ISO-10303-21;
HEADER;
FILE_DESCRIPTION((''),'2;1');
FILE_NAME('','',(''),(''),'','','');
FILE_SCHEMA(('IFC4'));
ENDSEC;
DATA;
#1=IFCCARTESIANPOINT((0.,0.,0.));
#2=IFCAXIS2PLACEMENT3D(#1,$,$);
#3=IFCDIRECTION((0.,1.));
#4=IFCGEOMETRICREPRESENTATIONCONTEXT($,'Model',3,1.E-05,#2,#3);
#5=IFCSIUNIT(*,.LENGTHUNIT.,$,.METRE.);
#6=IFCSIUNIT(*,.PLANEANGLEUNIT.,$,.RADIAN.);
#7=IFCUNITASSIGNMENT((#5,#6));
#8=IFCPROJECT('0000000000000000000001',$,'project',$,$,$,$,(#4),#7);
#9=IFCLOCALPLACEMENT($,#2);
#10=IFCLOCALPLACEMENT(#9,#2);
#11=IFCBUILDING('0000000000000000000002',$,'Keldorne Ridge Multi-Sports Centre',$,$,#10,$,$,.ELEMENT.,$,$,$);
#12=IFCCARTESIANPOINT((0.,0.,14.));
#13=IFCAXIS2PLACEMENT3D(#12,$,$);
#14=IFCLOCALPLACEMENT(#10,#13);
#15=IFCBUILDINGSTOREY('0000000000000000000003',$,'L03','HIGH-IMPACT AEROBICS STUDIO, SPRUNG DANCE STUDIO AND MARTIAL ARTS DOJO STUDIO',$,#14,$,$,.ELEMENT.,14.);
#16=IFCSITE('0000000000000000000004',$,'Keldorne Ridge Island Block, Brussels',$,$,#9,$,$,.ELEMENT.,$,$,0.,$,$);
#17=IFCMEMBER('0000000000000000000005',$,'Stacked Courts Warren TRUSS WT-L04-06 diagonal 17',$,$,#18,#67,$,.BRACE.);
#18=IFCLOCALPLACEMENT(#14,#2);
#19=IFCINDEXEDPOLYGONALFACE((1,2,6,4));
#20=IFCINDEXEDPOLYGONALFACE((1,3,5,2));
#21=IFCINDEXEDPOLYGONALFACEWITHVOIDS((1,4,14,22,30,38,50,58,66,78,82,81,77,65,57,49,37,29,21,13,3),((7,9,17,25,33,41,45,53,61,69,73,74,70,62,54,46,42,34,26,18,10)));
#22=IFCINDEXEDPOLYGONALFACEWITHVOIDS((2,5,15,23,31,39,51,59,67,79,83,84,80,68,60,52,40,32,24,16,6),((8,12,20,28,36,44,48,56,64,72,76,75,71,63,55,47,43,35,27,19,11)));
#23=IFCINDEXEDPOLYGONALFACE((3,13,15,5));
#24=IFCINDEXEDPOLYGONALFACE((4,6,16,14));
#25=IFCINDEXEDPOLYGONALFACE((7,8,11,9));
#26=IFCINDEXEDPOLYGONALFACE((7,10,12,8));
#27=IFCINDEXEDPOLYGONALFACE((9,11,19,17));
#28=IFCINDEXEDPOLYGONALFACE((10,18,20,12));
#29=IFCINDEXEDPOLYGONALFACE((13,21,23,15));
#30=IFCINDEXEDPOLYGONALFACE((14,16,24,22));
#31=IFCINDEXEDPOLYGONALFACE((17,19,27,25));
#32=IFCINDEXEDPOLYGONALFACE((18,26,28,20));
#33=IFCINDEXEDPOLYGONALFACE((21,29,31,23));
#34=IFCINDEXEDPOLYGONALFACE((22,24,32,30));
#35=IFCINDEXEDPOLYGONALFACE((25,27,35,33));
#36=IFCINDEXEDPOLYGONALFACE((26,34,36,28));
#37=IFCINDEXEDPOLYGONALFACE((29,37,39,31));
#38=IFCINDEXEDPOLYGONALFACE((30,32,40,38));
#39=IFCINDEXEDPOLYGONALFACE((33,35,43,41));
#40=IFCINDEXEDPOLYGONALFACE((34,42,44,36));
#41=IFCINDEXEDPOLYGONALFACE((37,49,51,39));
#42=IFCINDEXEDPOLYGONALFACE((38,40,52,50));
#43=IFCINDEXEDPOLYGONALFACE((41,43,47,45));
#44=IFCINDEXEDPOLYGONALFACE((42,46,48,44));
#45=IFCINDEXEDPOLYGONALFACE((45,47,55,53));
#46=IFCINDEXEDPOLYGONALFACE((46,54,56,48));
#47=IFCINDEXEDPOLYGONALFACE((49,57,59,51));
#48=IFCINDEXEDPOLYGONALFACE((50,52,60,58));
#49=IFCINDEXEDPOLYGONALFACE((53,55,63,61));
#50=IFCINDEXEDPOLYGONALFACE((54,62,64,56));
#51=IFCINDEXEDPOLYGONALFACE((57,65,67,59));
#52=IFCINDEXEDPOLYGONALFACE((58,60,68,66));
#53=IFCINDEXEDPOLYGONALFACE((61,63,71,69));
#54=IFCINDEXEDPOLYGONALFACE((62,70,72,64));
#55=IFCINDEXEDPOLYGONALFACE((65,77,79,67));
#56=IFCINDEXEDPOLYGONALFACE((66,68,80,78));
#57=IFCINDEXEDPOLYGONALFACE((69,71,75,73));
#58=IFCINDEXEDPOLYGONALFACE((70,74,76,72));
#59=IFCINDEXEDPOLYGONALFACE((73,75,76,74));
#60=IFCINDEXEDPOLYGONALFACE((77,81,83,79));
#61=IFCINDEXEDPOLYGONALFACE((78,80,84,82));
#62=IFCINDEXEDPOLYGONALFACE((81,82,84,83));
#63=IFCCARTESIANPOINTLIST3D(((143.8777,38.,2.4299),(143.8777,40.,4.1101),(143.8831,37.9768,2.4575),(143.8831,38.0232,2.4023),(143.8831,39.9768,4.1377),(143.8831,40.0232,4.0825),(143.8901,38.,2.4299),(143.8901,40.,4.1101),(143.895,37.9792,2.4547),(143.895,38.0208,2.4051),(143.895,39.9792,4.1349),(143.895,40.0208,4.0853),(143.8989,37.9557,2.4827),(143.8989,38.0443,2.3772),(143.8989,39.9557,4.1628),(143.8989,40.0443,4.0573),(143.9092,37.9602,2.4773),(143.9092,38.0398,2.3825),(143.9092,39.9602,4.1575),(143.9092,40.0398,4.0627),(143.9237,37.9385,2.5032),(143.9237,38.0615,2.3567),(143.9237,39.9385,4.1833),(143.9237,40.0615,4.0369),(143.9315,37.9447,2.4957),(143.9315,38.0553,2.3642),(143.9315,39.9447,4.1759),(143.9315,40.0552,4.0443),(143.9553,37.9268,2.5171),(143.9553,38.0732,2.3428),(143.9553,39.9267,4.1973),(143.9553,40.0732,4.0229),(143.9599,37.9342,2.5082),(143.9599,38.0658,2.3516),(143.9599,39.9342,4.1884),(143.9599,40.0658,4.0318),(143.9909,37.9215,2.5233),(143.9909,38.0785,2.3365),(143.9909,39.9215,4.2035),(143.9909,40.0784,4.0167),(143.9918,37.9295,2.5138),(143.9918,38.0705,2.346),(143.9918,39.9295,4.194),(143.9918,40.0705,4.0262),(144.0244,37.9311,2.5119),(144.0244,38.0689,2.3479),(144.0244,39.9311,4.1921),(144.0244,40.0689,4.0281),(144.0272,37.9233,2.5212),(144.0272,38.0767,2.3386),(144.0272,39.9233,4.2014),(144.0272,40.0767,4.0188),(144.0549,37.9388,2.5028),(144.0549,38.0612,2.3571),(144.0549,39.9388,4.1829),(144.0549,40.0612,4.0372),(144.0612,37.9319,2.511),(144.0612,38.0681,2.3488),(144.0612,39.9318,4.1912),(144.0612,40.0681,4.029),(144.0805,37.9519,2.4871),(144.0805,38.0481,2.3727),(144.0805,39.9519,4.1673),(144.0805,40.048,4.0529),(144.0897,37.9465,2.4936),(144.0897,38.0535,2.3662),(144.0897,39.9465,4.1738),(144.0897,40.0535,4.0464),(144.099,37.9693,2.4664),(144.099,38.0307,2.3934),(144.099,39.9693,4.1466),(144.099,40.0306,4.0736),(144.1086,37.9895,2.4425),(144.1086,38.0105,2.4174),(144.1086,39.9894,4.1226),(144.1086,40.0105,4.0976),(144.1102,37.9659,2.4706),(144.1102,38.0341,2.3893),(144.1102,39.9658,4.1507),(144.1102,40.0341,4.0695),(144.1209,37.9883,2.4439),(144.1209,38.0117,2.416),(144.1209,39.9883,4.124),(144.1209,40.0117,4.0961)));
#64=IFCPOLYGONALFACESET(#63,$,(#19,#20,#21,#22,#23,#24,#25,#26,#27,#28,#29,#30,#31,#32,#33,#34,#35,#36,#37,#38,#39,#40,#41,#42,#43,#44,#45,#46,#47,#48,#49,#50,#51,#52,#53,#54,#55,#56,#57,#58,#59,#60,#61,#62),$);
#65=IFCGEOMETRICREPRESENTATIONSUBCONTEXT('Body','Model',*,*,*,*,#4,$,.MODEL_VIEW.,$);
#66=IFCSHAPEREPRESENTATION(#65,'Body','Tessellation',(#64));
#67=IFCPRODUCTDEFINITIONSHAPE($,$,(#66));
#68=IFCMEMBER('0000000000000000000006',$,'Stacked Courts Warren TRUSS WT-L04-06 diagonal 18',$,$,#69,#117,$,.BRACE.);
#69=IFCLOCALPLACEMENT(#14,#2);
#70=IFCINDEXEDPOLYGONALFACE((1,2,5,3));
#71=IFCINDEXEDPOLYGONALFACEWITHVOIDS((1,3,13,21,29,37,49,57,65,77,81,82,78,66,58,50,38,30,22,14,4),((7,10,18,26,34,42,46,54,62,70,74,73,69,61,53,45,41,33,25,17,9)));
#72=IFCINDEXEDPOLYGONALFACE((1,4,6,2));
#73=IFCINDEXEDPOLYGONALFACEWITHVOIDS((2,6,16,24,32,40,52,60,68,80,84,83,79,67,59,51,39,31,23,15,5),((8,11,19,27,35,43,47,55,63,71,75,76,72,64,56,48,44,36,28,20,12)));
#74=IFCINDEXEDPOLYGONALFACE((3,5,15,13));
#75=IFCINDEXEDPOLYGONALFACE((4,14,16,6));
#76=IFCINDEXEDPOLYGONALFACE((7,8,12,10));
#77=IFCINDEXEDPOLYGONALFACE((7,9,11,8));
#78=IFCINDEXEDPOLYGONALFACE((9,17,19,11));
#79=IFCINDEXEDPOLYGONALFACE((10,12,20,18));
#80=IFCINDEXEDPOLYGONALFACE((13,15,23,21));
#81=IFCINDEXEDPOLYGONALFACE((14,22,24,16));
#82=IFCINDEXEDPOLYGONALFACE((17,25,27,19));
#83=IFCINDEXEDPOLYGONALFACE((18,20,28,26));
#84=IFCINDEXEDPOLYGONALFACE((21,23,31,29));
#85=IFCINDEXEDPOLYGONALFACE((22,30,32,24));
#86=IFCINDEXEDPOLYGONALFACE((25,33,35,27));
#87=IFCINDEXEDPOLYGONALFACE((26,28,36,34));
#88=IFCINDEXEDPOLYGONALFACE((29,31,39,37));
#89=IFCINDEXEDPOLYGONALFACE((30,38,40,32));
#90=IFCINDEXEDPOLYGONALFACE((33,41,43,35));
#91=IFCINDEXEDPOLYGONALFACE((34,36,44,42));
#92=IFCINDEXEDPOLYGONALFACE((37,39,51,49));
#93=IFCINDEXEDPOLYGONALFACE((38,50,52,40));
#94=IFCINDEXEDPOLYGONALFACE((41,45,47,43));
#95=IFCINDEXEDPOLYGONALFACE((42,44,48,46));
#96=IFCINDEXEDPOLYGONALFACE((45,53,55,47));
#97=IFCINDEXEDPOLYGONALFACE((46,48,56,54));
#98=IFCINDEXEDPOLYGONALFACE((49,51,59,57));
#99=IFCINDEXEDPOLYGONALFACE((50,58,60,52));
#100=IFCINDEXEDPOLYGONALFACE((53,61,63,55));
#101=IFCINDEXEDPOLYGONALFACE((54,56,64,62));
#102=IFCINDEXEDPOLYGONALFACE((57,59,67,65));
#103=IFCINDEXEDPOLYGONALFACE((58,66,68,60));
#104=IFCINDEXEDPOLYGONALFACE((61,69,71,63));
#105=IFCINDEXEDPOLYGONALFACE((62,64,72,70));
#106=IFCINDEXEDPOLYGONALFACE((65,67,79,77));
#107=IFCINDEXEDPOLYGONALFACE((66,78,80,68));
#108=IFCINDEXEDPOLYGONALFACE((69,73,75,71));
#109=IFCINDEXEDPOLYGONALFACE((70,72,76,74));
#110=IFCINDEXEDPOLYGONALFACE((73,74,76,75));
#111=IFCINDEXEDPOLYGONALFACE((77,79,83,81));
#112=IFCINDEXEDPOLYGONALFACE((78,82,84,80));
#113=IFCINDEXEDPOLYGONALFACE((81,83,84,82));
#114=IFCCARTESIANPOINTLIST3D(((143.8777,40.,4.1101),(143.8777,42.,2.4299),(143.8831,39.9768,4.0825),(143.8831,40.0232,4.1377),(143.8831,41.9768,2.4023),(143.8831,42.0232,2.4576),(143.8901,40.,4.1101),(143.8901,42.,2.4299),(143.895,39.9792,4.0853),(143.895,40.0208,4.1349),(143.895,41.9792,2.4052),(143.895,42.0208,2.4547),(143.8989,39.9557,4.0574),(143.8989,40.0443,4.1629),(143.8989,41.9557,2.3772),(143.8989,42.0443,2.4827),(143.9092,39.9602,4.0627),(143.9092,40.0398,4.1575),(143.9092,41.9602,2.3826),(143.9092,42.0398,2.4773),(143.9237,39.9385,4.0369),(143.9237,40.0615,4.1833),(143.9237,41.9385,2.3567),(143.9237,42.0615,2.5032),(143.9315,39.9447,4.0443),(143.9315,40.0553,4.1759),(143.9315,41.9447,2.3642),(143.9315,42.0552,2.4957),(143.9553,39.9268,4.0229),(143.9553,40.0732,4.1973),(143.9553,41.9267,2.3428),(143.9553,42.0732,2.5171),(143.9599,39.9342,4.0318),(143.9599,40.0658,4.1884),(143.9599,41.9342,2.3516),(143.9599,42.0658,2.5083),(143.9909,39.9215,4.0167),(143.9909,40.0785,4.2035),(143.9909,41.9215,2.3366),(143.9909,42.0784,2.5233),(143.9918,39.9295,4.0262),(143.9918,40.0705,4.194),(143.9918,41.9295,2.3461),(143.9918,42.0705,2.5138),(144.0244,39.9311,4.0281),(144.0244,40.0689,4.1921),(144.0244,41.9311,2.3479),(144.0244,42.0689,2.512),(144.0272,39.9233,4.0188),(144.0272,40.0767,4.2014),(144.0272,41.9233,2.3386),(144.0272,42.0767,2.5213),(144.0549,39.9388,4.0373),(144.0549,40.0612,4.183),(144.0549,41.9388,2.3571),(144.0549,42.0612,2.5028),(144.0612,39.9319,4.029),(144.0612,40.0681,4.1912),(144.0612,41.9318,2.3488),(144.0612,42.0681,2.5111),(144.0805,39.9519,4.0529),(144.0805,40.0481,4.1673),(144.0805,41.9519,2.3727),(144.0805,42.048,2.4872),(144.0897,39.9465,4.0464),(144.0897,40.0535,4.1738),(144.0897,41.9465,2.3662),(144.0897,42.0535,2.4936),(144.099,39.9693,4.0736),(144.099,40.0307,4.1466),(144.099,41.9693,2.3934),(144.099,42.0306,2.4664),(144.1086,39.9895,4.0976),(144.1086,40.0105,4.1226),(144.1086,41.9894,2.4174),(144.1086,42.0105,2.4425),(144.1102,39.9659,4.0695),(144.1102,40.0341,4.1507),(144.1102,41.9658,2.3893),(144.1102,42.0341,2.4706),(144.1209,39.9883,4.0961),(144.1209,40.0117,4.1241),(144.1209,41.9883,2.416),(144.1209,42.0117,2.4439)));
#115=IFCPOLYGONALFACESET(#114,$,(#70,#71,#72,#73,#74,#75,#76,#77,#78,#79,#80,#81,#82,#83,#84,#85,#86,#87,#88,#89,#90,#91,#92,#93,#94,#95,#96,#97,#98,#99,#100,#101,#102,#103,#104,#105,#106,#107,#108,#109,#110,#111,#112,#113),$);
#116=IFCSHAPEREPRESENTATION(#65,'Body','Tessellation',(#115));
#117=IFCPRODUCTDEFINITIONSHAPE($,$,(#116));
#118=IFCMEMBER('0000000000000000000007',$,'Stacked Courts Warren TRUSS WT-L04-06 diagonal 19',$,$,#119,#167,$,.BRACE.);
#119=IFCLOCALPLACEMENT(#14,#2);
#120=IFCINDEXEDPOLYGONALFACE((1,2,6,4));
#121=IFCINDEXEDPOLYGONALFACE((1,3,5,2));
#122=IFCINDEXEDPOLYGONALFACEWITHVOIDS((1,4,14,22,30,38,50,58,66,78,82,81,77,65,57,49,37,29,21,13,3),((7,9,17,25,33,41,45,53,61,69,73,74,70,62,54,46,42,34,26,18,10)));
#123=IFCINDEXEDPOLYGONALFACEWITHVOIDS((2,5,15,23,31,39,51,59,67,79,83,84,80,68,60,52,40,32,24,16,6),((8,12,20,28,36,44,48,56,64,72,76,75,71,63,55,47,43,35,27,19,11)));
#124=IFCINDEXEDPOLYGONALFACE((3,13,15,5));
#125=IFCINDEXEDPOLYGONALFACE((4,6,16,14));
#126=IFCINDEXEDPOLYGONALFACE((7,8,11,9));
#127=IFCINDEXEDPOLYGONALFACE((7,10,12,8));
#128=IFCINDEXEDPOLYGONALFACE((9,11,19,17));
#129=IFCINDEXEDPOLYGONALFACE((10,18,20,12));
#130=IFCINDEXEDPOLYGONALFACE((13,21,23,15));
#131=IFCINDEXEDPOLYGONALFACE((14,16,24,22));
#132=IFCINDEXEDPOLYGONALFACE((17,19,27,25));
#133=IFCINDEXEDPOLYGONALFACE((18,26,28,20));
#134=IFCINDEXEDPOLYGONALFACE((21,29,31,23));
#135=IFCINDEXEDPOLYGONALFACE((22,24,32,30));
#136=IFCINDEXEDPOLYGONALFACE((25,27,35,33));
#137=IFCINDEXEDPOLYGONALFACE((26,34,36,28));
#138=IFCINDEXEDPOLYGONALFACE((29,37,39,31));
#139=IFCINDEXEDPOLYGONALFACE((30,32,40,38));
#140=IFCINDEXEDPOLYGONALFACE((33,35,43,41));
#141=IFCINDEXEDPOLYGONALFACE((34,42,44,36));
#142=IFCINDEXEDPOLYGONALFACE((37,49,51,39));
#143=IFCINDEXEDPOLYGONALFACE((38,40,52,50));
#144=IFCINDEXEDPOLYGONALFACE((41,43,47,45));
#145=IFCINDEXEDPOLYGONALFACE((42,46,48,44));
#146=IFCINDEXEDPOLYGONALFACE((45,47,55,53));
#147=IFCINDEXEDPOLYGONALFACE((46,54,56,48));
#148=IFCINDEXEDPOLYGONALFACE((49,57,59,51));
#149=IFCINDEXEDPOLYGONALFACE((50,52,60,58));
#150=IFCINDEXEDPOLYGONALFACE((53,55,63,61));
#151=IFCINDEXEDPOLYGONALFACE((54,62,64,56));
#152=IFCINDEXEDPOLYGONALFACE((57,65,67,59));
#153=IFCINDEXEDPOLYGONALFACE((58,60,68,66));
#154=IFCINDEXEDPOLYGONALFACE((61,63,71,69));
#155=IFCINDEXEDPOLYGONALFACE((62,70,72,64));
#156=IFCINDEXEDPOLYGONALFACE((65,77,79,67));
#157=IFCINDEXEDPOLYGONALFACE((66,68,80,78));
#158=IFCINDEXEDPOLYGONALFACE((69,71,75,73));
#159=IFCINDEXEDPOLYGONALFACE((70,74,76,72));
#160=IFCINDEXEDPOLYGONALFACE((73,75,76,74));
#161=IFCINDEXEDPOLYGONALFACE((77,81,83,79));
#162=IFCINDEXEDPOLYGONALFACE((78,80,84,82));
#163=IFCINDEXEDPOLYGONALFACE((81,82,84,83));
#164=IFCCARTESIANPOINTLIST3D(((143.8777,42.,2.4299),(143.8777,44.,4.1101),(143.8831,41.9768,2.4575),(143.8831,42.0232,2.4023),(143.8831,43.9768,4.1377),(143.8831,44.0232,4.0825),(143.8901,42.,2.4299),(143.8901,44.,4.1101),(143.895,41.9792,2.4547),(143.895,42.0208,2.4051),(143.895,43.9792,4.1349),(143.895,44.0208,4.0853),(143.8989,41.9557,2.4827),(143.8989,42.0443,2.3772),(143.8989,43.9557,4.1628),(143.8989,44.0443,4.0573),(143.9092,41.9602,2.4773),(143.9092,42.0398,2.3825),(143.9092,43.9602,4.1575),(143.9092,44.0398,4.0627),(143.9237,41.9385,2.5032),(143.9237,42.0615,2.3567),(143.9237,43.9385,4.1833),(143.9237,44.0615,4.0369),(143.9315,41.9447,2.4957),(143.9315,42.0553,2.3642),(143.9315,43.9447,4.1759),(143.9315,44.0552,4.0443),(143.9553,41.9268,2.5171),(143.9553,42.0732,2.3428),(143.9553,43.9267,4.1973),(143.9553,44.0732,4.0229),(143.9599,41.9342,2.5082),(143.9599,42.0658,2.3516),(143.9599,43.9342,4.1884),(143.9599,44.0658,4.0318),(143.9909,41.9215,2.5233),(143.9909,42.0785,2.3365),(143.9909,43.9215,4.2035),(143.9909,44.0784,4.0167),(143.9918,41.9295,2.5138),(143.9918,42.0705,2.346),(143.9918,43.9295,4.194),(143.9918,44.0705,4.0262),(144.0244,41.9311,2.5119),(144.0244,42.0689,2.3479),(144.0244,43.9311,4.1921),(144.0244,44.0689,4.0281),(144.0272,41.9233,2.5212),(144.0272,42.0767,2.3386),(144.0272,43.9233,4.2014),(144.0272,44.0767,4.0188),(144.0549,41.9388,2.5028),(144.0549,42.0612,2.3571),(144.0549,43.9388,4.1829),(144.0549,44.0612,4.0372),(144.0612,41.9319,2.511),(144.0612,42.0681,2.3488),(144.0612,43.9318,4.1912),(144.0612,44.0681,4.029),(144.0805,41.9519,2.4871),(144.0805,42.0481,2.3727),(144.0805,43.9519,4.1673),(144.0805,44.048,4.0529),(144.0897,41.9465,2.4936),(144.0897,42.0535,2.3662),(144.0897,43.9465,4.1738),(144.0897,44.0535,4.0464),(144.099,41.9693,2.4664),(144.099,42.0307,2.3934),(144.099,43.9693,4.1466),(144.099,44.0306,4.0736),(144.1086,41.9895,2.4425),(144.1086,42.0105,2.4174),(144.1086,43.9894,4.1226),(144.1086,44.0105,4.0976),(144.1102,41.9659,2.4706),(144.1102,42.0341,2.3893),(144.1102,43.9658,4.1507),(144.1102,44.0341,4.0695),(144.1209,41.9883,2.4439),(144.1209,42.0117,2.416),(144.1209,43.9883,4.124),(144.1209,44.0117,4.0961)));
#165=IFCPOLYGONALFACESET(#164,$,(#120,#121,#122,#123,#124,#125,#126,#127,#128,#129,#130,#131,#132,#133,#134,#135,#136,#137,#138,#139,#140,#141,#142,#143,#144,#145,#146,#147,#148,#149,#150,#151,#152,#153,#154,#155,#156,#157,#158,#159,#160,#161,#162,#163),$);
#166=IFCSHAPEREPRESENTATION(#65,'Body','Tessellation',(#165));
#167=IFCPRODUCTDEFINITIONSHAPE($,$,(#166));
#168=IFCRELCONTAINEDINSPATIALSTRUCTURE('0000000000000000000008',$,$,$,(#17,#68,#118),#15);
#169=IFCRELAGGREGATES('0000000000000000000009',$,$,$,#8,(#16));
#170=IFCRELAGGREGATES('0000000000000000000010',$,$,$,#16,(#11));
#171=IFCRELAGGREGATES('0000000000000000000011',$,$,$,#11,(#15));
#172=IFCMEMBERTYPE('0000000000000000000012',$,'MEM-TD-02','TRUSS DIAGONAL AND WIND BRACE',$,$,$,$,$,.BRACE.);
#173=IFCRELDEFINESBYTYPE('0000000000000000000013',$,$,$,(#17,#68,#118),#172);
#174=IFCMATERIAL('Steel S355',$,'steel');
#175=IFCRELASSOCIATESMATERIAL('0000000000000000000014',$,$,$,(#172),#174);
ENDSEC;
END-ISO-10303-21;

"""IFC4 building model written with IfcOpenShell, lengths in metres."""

from ifc_helpers import new_model, si_unit, direction, frame, origin, origin_2d, place, context, subcontext, project, spatial, hollow_circle, extrude, material, material_profile, profile_set, type_object, element, save


model = new_model("IFC4")

# Units and contexts
model_context = context("Model", 3, precision=1e-05, world=origin(), true_north=direction((0.0, 1.0)))
body_context = subcontext(model_context, "Body", "Model", "MODEL_VIEW")
ifc_project = project(units=[si_unit("LENGTHUNIT", "METRE"), si_unit("PLANEANGLEUNIT", "RADIAN")], contexts=[model_context])

# Site, building, storey
site_placement = place(None, origin())
site = spatial("IfcSite", under=ifc_project, at=site_placement, Name="Keldorne Ridge Island Block, Brussels", CompositionType="ELEMENT", RefElevation=0.0)
building_placement = place(site_placement, origin())
building = spatial("IfcBuilding", under=site, at=building_placement, Name="Keldorne Ridge Multi-Sports Centre", CompositionType="ELEMENT")
storey_placement = place(building_placement, frame((0.0, 0.0, 14.0)))
storey = spatial("IfcBuildingStorey", under=building, at=storey_placement, Name="L03", Description="HIGH-IMPACT AEROBICS STUDIO, SPRUNG DANCE STUDIO AND MARTIAL ARTS DOJO STUDIO", CompositionType="ELEMENT", Elevation=14.0)

# Members
ifc_material = material(Name="Steel S355", Category="steel")
ifc_material_profile_1 = material_profile(ifc_material, hollow_circle(Radius=0.1223, WallThickness=0.0125, at=origin_2d()), Name="CHS 244.5x12.5")
ifc_profile_set_1 = profile_set([ifc_material_profile_1], Name="Steel S355")
member_type_1 = type_object("IfcMemberType", Name="MEM-TD-02", Description="TRUSS DIAGONAL AND WIND BRACE", PredefinedType="BRACE", material=ifc_profile_set_1)
for number, where, z_axis, x_axis, name in (
    (1, (144.0, 38.0, 2.4299), (0.0, 0.765672, 0.643232), (-1.0, 0.0, 0.0), "Stacked Courts Warren TRUSS WT-L04-06 diagonal 17"),
    (2, (144.0, 40.0, 4.1101), (0.0, 0.765672, -0.643232), (-1.0, 0.0, 0.0), "Stacked Courts Warren TRUSS WT-L04-06 diagonal 18"),
    (3, (144.0, 42.0, 2.4299), (0.0, 0.765672, 0.643232), (-1.0, 0.0, 0.0), "Stacked Courts Warren TRUSS WT-L04-06 diagonal 19"),
):
    element("IfcMember", number, at=place(storey_placement, frame(where, z_axis=z_axis, x_axis=x_axis)), inside=storey, type_object=member_type_1, Name=name, PredefinedType="BRACE", context=body_context, shape_type="SweptSolid", body=[
        extrude(hollow_circle(Radius=0.1223, WallThickness=0.0125, at=origin_2d()), origin(), (0.0, 0.0, 1.0), 2.6121),
    ])

save(model, "model.ifc")
